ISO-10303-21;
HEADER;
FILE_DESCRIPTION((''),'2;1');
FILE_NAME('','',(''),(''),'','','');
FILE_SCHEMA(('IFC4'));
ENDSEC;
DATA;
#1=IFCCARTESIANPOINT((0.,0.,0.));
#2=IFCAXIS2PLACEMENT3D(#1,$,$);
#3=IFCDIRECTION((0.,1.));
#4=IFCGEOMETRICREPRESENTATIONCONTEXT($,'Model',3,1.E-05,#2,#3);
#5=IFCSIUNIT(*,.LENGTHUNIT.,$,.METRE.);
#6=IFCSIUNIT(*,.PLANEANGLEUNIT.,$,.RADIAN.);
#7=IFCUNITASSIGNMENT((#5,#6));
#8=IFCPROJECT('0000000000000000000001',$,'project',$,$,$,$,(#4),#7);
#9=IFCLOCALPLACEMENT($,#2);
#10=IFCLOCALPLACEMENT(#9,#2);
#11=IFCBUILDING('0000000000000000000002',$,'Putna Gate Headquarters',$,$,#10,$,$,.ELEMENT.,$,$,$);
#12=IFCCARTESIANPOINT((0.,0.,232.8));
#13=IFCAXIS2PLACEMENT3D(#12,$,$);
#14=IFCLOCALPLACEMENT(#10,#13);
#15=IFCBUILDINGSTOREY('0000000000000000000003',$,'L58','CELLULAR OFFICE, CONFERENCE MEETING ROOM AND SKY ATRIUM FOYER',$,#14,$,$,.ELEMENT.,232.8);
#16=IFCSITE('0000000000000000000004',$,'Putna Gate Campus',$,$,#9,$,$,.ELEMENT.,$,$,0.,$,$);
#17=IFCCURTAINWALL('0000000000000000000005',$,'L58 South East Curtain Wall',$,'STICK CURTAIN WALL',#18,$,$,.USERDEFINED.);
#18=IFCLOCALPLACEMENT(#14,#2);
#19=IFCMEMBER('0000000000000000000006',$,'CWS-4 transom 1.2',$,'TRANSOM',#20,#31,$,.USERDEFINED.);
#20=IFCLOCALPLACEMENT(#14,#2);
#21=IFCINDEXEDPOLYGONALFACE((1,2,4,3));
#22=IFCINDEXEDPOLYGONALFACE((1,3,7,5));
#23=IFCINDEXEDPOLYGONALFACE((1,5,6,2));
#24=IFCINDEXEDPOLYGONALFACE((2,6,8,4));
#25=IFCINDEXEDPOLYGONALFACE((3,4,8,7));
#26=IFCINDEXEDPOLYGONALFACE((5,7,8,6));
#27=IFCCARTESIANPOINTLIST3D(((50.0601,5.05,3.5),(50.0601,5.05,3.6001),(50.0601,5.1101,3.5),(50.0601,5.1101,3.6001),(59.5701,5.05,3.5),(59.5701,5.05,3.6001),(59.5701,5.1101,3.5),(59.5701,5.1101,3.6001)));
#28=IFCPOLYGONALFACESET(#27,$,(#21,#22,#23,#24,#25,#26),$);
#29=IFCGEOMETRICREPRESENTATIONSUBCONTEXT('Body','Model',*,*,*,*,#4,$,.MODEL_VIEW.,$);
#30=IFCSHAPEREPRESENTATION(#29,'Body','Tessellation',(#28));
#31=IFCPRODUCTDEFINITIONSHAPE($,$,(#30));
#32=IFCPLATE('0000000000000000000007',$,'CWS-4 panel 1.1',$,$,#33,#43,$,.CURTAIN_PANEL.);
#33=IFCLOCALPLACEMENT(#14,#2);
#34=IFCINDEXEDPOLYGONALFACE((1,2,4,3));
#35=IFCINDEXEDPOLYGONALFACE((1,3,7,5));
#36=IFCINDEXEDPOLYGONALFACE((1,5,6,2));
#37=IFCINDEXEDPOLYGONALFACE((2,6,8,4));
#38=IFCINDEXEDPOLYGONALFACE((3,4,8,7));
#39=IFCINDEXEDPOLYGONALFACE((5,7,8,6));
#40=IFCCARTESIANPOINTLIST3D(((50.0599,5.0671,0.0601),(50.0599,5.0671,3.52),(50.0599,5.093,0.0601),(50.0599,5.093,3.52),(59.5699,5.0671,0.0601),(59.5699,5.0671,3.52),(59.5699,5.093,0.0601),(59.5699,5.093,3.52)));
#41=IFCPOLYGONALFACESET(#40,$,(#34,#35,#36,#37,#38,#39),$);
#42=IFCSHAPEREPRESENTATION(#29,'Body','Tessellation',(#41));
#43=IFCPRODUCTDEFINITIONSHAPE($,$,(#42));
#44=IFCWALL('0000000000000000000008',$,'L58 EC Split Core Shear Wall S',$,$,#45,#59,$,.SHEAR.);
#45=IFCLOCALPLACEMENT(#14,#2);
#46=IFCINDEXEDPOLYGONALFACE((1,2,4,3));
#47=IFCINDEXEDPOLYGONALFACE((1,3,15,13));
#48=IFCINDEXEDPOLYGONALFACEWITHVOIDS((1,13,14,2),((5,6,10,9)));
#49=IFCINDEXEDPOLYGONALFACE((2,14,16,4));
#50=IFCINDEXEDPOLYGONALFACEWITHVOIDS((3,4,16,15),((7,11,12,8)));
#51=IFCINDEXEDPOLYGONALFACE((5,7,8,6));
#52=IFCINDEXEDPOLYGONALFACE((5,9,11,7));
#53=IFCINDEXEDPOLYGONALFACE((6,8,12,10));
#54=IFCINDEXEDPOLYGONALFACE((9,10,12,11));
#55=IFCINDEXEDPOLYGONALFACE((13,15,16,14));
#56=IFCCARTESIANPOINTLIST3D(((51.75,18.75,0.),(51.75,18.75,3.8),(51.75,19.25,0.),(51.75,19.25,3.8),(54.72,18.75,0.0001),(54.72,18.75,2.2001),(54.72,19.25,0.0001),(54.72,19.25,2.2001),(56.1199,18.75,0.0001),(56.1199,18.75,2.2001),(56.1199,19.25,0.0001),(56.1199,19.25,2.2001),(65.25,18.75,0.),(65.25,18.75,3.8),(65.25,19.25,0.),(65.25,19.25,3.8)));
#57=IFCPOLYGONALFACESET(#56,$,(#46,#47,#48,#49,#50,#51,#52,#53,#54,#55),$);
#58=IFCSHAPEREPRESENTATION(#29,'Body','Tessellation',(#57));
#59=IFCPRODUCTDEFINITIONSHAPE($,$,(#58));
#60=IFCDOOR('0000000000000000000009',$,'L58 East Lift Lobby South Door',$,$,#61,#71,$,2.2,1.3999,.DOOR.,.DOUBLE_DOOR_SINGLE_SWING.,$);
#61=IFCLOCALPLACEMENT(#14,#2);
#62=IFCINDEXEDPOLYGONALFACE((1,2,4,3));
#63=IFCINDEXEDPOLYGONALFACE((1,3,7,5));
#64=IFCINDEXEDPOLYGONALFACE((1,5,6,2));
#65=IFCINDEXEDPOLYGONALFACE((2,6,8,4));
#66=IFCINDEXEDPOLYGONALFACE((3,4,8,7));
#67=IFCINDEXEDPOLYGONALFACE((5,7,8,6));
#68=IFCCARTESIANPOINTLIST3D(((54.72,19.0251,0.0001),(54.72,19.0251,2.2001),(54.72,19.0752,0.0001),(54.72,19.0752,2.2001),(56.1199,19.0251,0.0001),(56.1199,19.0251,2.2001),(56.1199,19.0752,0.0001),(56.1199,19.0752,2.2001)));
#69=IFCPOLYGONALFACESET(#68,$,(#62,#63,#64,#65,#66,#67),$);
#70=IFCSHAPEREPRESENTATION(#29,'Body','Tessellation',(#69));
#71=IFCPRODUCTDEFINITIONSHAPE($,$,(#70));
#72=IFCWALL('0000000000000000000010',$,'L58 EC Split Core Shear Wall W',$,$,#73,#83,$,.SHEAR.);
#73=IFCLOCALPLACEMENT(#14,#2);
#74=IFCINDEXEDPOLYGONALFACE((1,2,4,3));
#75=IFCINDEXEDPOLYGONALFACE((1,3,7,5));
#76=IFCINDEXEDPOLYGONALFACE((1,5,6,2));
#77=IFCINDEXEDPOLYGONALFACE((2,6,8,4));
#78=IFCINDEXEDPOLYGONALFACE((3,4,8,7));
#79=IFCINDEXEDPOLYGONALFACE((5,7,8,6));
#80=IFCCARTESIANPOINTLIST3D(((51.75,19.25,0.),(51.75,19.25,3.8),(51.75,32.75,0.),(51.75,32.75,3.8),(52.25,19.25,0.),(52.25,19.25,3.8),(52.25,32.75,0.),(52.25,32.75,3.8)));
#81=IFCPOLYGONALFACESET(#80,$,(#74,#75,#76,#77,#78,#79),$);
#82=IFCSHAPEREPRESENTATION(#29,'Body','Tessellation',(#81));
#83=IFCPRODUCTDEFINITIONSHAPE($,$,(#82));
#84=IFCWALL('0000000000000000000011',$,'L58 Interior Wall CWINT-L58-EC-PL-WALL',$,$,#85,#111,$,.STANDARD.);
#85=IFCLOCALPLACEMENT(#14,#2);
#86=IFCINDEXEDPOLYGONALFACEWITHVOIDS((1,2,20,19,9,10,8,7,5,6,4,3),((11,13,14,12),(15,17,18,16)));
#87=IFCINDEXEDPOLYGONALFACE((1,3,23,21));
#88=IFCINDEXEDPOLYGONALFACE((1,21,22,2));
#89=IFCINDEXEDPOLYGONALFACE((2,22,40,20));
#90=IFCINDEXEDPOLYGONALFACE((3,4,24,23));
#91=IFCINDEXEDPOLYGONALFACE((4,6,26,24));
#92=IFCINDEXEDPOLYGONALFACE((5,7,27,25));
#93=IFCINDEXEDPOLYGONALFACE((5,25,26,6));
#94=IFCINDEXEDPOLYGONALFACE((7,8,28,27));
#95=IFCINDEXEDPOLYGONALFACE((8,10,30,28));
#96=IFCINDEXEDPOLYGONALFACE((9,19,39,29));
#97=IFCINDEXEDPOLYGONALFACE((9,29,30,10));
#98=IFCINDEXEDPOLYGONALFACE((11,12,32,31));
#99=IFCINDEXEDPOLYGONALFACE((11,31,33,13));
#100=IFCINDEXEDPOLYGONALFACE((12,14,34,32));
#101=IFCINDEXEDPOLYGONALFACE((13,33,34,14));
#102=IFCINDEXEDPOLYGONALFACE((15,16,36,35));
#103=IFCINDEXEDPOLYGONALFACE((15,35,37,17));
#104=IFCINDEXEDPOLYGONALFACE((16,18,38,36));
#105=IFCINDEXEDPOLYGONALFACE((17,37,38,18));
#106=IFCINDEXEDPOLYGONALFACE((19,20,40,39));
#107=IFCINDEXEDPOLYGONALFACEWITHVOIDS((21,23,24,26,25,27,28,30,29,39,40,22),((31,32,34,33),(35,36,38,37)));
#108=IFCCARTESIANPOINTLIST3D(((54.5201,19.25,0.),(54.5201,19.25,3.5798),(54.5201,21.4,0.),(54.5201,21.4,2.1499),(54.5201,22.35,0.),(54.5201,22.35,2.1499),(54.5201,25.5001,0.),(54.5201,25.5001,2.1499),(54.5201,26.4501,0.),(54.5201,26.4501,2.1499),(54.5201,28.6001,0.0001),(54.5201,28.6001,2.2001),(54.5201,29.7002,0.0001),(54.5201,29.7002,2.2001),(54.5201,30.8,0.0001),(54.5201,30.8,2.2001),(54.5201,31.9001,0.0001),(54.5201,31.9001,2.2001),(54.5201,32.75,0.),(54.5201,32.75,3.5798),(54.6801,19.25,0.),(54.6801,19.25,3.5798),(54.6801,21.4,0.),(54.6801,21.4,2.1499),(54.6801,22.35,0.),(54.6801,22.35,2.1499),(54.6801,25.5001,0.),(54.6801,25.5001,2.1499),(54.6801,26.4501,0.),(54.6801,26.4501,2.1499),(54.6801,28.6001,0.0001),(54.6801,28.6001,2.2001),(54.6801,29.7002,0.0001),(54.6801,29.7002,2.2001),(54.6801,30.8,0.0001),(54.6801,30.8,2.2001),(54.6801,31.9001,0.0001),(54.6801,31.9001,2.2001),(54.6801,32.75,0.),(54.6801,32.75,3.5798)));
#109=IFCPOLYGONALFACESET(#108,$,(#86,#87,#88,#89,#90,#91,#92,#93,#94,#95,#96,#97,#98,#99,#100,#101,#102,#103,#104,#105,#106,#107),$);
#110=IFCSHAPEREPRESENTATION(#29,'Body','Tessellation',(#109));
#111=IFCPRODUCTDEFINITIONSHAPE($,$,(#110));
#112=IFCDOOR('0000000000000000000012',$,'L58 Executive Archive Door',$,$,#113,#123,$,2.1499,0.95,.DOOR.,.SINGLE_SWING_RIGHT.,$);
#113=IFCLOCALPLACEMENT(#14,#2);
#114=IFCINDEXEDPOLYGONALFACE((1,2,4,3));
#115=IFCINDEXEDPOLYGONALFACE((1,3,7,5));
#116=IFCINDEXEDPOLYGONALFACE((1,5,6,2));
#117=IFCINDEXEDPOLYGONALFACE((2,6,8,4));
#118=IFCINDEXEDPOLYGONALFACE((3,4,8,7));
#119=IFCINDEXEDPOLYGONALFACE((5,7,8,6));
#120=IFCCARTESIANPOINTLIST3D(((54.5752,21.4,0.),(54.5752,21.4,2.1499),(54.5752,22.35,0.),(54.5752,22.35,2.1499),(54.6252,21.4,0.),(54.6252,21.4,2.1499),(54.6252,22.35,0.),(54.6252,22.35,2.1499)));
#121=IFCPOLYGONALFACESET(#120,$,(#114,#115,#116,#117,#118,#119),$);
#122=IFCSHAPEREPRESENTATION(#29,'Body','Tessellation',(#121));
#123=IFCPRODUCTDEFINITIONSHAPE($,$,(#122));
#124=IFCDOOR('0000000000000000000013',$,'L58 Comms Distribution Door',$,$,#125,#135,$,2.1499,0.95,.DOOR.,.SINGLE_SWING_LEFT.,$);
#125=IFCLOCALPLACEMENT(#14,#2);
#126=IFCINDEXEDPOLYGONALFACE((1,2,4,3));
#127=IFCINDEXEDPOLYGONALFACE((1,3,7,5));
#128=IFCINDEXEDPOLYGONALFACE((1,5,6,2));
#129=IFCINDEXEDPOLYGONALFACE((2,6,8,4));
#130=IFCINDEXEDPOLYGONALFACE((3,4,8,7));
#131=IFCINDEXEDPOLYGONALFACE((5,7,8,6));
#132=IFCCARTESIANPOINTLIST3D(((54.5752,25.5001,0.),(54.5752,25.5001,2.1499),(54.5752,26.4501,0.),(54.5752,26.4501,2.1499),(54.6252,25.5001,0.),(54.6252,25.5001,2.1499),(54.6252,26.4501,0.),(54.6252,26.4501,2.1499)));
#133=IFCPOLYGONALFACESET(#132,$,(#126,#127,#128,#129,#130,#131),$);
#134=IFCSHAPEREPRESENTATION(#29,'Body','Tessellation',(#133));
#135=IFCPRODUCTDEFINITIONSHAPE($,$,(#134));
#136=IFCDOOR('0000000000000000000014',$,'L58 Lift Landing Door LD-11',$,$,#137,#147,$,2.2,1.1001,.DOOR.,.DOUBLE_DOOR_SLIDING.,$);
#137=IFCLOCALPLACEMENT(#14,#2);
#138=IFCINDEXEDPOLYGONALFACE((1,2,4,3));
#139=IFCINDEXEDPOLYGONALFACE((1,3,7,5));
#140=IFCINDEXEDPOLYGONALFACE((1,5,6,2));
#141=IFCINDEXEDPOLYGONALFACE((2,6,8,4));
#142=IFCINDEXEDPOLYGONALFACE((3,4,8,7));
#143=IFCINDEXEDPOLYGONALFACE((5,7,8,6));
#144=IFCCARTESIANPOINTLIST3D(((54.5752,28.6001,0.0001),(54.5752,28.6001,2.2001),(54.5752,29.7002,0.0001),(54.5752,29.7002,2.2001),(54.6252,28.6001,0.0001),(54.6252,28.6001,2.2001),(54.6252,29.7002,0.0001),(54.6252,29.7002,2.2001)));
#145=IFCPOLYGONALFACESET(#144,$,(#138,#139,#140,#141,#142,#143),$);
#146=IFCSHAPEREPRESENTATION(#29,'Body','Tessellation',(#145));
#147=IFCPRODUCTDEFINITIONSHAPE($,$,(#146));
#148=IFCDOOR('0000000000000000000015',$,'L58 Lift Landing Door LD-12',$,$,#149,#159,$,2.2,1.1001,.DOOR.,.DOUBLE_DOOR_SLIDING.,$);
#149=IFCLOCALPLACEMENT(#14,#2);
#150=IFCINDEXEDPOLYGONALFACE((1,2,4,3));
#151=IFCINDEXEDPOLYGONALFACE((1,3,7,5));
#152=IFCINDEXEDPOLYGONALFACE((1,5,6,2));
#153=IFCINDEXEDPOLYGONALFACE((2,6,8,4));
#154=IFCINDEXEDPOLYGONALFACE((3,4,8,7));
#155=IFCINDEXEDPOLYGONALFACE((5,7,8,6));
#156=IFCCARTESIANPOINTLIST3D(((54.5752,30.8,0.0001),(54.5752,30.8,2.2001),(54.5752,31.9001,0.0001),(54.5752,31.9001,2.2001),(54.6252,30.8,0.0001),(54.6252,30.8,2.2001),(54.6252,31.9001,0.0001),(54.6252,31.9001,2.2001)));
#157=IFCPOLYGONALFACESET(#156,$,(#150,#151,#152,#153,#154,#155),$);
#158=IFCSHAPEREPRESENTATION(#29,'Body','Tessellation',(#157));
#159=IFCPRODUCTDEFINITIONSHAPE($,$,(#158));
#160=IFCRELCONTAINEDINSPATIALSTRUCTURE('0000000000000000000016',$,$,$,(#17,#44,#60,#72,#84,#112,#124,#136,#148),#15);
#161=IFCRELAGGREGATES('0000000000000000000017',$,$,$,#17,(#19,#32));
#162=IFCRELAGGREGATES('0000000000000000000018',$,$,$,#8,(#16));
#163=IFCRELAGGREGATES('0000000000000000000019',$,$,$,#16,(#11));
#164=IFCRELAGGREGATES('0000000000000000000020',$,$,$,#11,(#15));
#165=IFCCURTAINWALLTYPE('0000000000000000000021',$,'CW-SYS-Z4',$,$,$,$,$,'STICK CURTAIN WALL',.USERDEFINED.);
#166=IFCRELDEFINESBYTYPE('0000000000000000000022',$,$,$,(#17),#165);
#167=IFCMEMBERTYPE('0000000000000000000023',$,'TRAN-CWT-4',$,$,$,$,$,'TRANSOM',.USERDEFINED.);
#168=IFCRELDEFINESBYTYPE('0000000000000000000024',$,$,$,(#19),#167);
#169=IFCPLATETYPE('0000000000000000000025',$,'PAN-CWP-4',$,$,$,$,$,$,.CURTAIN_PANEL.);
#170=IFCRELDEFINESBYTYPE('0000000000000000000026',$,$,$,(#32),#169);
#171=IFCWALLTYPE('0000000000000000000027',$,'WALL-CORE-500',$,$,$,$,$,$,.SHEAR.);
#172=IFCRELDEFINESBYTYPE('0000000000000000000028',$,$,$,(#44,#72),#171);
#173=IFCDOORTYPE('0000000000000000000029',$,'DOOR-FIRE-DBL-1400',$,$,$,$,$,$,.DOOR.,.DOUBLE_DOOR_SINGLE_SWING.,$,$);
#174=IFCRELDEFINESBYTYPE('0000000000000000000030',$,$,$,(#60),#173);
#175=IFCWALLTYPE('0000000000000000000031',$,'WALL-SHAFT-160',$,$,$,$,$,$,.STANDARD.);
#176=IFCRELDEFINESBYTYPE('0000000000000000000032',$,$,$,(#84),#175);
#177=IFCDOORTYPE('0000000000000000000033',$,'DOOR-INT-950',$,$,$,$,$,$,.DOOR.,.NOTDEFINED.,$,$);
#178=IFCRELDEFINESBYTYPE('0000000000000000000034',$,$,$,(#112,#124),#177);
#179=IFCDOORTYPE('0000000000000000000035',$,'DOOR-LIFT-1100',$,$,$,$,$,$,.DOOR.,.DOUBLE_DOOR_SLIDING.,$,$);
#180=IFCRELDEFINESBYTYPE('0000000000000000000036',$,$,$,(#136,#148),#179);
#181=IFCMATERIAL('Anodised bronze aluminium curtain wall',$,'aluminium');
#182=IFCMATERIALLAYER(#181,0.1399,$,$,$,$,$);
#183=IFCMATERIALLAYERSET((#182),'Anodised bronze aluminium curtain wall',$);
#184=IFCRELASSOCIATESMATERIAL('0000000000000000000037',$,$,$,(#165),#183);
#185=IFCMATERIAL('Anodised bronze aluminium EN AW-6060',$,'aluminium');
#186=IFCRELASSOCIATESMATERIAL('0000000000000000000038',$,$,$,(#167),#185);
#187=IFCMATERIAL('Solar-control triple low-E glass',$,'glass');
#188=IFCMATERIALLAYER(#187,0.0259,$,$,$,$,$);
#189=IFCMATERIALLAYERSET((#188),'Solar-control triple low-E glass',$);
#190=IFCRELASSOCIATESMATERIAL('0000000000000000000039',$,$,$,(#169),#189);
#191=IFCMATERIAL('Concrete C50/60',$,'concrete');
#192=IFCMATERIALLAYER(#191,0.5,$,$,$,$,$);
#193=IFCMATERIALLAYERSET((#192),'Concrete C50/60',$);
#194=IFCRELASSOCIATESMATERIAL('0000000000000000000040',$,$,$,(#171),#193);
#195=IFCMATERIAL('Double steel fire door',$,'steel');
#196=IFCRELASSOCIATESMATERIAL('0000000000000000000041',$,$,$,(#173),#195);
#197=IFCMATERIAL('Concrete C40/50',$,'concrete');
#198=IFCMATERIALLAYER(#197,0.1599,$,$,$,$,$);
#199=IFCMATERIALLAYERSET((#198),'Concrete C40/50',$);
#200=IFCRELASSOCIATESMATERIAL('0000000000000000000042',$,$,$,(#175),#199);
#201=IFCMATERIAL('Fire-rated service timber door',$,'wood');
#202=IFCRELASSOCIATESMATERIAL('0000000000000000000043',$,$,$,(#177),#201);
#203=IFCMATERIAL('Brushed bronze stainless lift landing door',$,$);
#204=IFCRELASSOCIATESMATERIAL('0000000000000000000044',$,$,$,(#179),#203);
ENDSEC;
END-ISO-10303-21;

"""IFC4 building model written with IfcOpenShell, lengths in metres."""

from ifc_helpers import new_model, si_unit, direction, frame, frame_2d, origin, origin_2d, place, context, subcontext, project, spatial, rectangle, extrude, material, layer, layer_set, material_profile, profile_set, type_object, element, fill, aggregate, save


model = new_model("IFC4")

# Units and contexts
model_context = context("Model", 3, precision=1e-05, world=origin(), true_north=direction((0.0, 1.0)))
body_context = subcontext(model_context, "Body", "Model", "MODEL_VIEW")
ifc_project = project(units=[si_unit("LENGTHUNIT", "METRE"), si_unit("PLANEANGLEUNIT", "RADIAN")], contexts=[model_context])

# Site, building, storey
site_placement = place(None, origin())
site = spatial("IfcSite", under=ifc_project, at=site_placement, Name="Putna Gate Campus", CompositionType="ELEMENT", RefElevation=0.0)
building_placement = place(site_placement, origin())
building = spatial("IfcBuilding", under=site, at=building_placement, Name="Putna Gate Headquarters", CompositionType="ELEMENT")
storey_placement = place(building_placement, frame((0.0, 0.0, 232.8)))
storey = spatial("IfcBuildingStorey", under=building, at=storey_placement, Name="L58", Description="CELLULAR OFFICE, CONFERENCE MEETING ROOM AND SKY ATRIUM FOYER", CompositionType="ELEMENT", Elevation=232.8)

# Curtain wall
ifc_material_1 = material(Name="Anodised bronze aluminium curtain wall", Category="aluminium")
ifc_layer_1 = layer(ifc_material_1, 0.1399)
ifc_layer_set_1 = layer_set([ifc_layer_1], Name="Anodised bronze aluminium curtain wall")
curtain_wall_type_1 = type_object("IfcCurtainWallType", Name="CW-SYS-Z4", ElementType="STICK CURTAIN WALL", PredefinedType="USERDEFINED", material=ifc_layer_set_1)
curtain_wall_1_placement = place(storey_placement, origin())
curtain_wall_1 = element("IfcCurtainWall", 1, at=curtain_wall_1_placement, inside=storey, type_object=curtain_wall_type_1, Name="L58 South East Curtain Wall", ObjectType="STICK CURTAIN WALL", PredefinedType="USERDEFINED")
ifc_material_2 = material(Name="Anodised bronze aluminium EN AW-6060", Category="aluminium")

# Member
ifc_material_profile_1 = material_profile(ifc_material_2, rectangle(XDim=0.0601, YDim=0.1001, at=origin_2d()), Name="Anodised bronze aluminium EN AW-6060")
ifc_profile_set_1 = profile_set([ifc_material_profile_1], Name="Anodised bronze aluminium EN AW-6060")
member_type_1 = type_object("IfcMemberType", Name="TRAN-CWT-4", ElementType="TRANSOM", PredefinedType="USERDEFINED", material=ifc_profile_set_1)
member_1_placement = place(storey_placement, frame((50.0601, 5.0801, 3.55), z_axis=(1.0, 0.0, 0.0), x_axis=(0.0, 1.0, 0.0)))
member_1 = element("IfcMember", 2, at=member_1_placement, type_object=member_type_1, Name="CWS-4 transom 1.2", ObjectType="TRANSOM", PredefinedType="USERDEFINED", context=body_context, shape_type="SweptSolid", body=[
    extrude(rectangle(XDim=0.0601, YDim=0.1001, at=origin_2d()), origin(), (0.0, 0.0, 1.0), 9.51),
])

# Plate
ifc_material_3 = material(Name="Solar-control triple low-E glass", Category="glass")
ifc_layer_2 = layer(ifc_material_3, 0.0259)
ifc_layer_set_2 = layer_set([ifc_layer_2], Name="Solar-control triple low-E glass")
plate_type = type_object("IfcPlateType", Name="PAN-CWP-4", PredefinedType="CURTAIN_PANEL", material=ifc_layer_set_2)
plate_placement = place(storey_placement, frame((54.8149, 5.0801, 0.0601), z_axis=(0.0, 0.0, 1.0), x_axis=(1.0, 0.0, 0.0)))
plate = element("IfcPlate", 3, at=plate_placement, type_object=plate_type, Name="CWS-4 panel 1.1", PredefinedType="CURTAIN_PANEL", context=body_context, shape_type="SweptSolid", body=[
    extrude(rectangle(XDim=9.51, YDim=0.0259, at=origin_2d()), origin(), (0.0, 0.0, 1.0), 3.46),
])
aggregate(curtain_wall_1, [member_1, plate])

# Wall, opening, door
ifc_material_4 = material(Name="Concrete C50/60", Category="concrete")
ifc_layer_3 = layer(ifc_material_4, 0.5)
ifc_layer_set_3 = layer_set([ifc_layer_3], Name="Concrete C50/60")
wall_type_1 = type_object("IfcWallType", Name="WALL-CORE-500", PredefinedType="SHEAR", material=ifc_layer_set_3)
wall_1_placement = place(storey_placement, frame((51.75, 19.0, 0.0), z_axis=(0.0, 0.0, 1.0), x_axis=(1.0, 0.0, 0.0)))
wall_1 = element("IfcWall", 4, at=wall_1_placement, inside=storey, type_object=wall_type_1, Name="L58 EC Split Core Shear Wall S", PredefinedType="SHEAR", context=body_context, shape_type="SweptSolid", body=[
    extrude(rectangle(XDim=13.5, YDim=0.5, at=frame_2d((6.75, 0.0))), origin(), (0.0, 0.0, 1.0), 3.8),
])
opening_1_placement = place(wall_1_placement, frame((2.97, 0.0, 0.0)))
opening_1 = element("IfcOpeningElement", 5, at=opening_1_placement, cuts=wall_1, PredefinedType="OPENING", context=body_context, shape_type="SweptSolid", body=[
    extrude(rectangle(XDim=1.3999, YDim=2.2, at=frame_2d((0.7, 1.1001))), frame((0.0, 0.26, 0.0), z_axis=(0.0, -1.0, 0.0), x_axis=(1.0, 0.0, 0.0)), (0.0, 0.0, 1.0), 0.52),
])
ifc_material_5 = material(Name="Double steel fire door", Category="steel")
door_type_1 = type_object("IfcDoorType", Name="DOOR-FIRE-DBL-1400", OperationType="DOUBLE_DOOR_SINGLE_SWING", PredefinedType="DOOR", material=ifc_material_5)
door_1_placement = place(opening_1_placement, origin())
door_1 = element("IfcDoor", 6, at=door_1_placement, inside=storey, type_object=door_type_1, Name="L58 East Lift Lobby South Door", OperationType="DOUBLE_DOOR_SINGLE_SWING", OverallHeight=2.2, OverallWidth=1.3999, PredefinedType="DOOR", context=body_context, shape_type="SweptSolid", body=[
    extrude(rectangle(XDim=1.3999, YDim=2.2, at=frame_2d((0.7, 1.1001))), frame((0.0, 0.0752, 0.0), z_axis=(0.0, -1.0, 0.0), x_axis=(1.0, 0.0, 0.0)), (0.0, 0.0, 1.0), 0.05),
])
fill(opening_1, door_1)

# Wall
wall_2_placement = place(storey_placement, frame((52.0, 19.25, 0.0), z_axis=(0.0, 0.0, 1.0), x_axis=(0.0, 1.0, 0.0)))
element("IfcWall", 7, at=wall_2_placement, inside=storey, type_object=wall_type_1, Name="L58 EC Split Core Shear Wall W", PredefinedType="SHEAR", context=body_context, shape_type="SweptSolid", body=[
    extrude(rectangle(XDim=13.5, YDim=0.5, at=frame_2d((6.75, 0.0))), origin(), (0.0, 0.0, 1.0), 3.8),
])

# Wall, openings, doors
ifc_material_6 = material(Name="Concrete C40/50", Category="concrete")
ifc_layer_4 = layer(ifc_material_6, 0.1599)
ifc_layer_set_4 = layer_set([ifc_layer_4], Name="Concrete C40/50")
wall_type_2 = type_object("IfcWallType", Name="WALL-SHAFT-160", PredefinedType="STANDARD", material=ifc_layer_set_4)
wall_3_placement = place(storey_placement, frame((54.6001, 19.25, 0.0), z_axis=(0.0, 0.0, 1.0), x_axis=(0.0, 1.0, 0.0)))
wall_3 = element("IfcWall", 8, at=wall_3_placement, inside=storey, type_object=wall_type_2, Name="L58 Interior Wall CWINT-L58-EC-PL-WALL", PredefinedType="STANDARD", context=body_context, shape_type="SweptSolid", body=[
    extrude(rectangle(XDim=13.5, YDim=0.1599, at=frame_2d((6.75, 0.0))), origin(), (0.0, 0.0, 1.0), 3.5798),
])
opening_2_placement = place(wall_3_placement, frame((2.1499, 0.0, 0.0)))
opening_2 = element("IfcOpeningElement", 9, at=opening_2_placement, cuts=wall_3, PredefinedType="OPENING", context=body_context, shape_type="SweptSolid", body=[
    extrude(rectangle(XDim=0.95, YDim=2.1499, at=frame_2d((0.4751, 1.075))), frame((0.0, 0.0898, 0.0), z_axis=(0.0, -1.0, 0.0), x_axis=(1.0, 0.0, 0.0)), (0.0, 0.0, 1.0), 0.1799),
])
opening_3_placement = place(wall_3_placement, frame((6.25, 0.0, 0.0)))
opening_3 = element("IfcOpeningElement", 10, at=opening_3_placement, cuts=wall_3, PredefinedType="OPENING", context=body_context, shape_type="SweptSolid", body=[
    extrude(rectangle(XDim=0.95, YDim=2.1499, at=frame_2d((0.4751, 1.075))), frame((0.0, 0.0898, 0.0), z_axis=(0.0, -1.0, 0.0), x_axis=(1.0, 0.0, 0.0)), (0.0, 0.0, 1.0), 0.1799),
])
opening_4_placement = place(wall_3_placement, frame((9.3501, 0.0, 0.0)))
opening_4 = element("IfcOpeningElement", 11, at=opening_4_placement, cuts=wall_3, PredefinedType="OPENING", context=body_context, shape_type="SweptSolid", body=[
    extrude(rectangle(XDim=1.1001, YDim=2.2, at=frame_2d((0.55, 1.1001))), frame((0.0, 0.0898, 0.0), z_axis=(0.0, -1.0, 0.0), x_axis=(1.0, 0.0, 0.0)), (0.0, 0.0, 1.0), 0.1799),
])
opening_5_placement = place(wall_3_placement, frame((11.55, 0.0, 0.0)))
opening_5 = element("IfcOpeningElement", 12, at=opening_5_placement, cuts=wall_3, PredefinedType="OPENING", context=body_context, shape_type="SweptSolid", body=[
    extrude(rectangle(XDim=1.1001, YDim=2.2, at=frame_2d((0.55, 1.1001))), frame((0.0, 0.0898, 0.0), z_axis=(0.0, -1.0, 0.0), x_axis=(1.0, 0.0, 0.0)), (0.0, 0.0, 1.0), 0.1799),
])
ifc_material_7 = material(Name="Fire-rated service timber door", Category="wood")
door_type_2 = type_object("IfcDoorType", Name="DOOR-INT-950", OperationType="NOTDEFINED", PredefinedType="DOOR", material=ifc_material_7)
door_2_placement = place(opening_2_placement, origin())
door_2 = element("IfcDoor", 13, at=door_2_placement, inside=storey, type_object=door_type_2, Name="L58 Executive Archive Door", OperationType="SINGLE_SWING_RIGHT", OverallHeight=2.1499, OverallWidth=0.95, PredefinedType="DOOR", context=body_context, shape_type="SweptSolid", body=[
    extrude(rectangle(XDim=0.95, YDim=2.1499, at=frame_2d((0.4751, 1.075))), frame((0.0, 0.0249, 0.0), z_axis=(0.0, -1.0, 0.0), x_axis=(1.0, 0.0, 0.0)), (0.0, 0.0, 1.0), 0.05),
])
fill(opening_2, door_2)
door_3_placement = place(opening_3_placement, origin())
door_3 = element("IfcDoor", 14, at=door_3_placement, inside=storey, type_object=door_type_2, Name="L58 Comms Distribution Door", OperationType="SINGLE_SWING_LEFT", OverallHeight=2.1499, OverallWidth=0.95, PredefinedType="DOOR", context=body_context, shape_type="SweptSolid", body=[
    extrude(rectangle(XDim=0.95, YDim=2.1499, at=frame_2d((0.4751, 1.075))), frame((0.0, 0.0249, 0.0), z_axis=(0.0, -1.0, 0.0), x_axis=(1.0, 0.0, 0.0)), (0.0, 0.0, 1.0), 0.05),
])
fill(opening_3, door_3)
ifc_material_8 = material(Name="Brushed bronze stainless lift landing door")
door_type_3 = type_object("IfcDoorType", Name="DOOR-LIFT-1100", OperationType="DOUBLE_DOOR_SLIDING", PredefinedType="DOOR", material=ifc_material_8)
door_4_placement = place(opening_4_placement, origin())
door_4 = element("IfcDoor", 15, at=door_4_placement, inside=storey, type_object=door_type_3, Name="L58 Lift Landing Door LD-11", OperationType="DOUBLE_DOOR_SLIDING", OverallHeight=2.2, OverallWidth=1.1001, PredefinedType="DOOR", context=body_context, shape_type="SweptSolid", body=[
    extrude(rectangle(XDim=1.1001, YDim=2.2, at=frame_2d((0.55, 1.1001))), frame((0.0, 0.0249, 0.0), z_axis=(0.0, -1.0, 0.0), x_axis=(1.0, 0.0, 0.0)), (0.0, 0.0, 1.0), 0.05),
])
fill(opening_4, door_4)
door_5_placement = place(opening_5_placement, origin())
door_5 = element("IfcDoor", 16, at=door_5_placement, inside=storey, type_object=door_type_3, Name="L58 Lift Landing Door LD-12", OperationType="DOUBLE_DOOR_SLIDING", OverallHeight=2.2, OverallWidth=1.1001, PredefinedType="DOOR", context=body_context, shape_type="SweptSolid", body=[
    extrude(rectangle(XDim=1.1001, YDim=2.2, at=frame_2d((0.55, 1.1001))), frame((0.0, 0.0249, 0.0), z_axis=(0.0, -1.0, 0.0), x_axis=(1.0, 0.0, 0.0)), (0.0, 0.0, 1.0), 0.05),
])
fill(opening_5, door_5)

save(model, "model.ifc")
